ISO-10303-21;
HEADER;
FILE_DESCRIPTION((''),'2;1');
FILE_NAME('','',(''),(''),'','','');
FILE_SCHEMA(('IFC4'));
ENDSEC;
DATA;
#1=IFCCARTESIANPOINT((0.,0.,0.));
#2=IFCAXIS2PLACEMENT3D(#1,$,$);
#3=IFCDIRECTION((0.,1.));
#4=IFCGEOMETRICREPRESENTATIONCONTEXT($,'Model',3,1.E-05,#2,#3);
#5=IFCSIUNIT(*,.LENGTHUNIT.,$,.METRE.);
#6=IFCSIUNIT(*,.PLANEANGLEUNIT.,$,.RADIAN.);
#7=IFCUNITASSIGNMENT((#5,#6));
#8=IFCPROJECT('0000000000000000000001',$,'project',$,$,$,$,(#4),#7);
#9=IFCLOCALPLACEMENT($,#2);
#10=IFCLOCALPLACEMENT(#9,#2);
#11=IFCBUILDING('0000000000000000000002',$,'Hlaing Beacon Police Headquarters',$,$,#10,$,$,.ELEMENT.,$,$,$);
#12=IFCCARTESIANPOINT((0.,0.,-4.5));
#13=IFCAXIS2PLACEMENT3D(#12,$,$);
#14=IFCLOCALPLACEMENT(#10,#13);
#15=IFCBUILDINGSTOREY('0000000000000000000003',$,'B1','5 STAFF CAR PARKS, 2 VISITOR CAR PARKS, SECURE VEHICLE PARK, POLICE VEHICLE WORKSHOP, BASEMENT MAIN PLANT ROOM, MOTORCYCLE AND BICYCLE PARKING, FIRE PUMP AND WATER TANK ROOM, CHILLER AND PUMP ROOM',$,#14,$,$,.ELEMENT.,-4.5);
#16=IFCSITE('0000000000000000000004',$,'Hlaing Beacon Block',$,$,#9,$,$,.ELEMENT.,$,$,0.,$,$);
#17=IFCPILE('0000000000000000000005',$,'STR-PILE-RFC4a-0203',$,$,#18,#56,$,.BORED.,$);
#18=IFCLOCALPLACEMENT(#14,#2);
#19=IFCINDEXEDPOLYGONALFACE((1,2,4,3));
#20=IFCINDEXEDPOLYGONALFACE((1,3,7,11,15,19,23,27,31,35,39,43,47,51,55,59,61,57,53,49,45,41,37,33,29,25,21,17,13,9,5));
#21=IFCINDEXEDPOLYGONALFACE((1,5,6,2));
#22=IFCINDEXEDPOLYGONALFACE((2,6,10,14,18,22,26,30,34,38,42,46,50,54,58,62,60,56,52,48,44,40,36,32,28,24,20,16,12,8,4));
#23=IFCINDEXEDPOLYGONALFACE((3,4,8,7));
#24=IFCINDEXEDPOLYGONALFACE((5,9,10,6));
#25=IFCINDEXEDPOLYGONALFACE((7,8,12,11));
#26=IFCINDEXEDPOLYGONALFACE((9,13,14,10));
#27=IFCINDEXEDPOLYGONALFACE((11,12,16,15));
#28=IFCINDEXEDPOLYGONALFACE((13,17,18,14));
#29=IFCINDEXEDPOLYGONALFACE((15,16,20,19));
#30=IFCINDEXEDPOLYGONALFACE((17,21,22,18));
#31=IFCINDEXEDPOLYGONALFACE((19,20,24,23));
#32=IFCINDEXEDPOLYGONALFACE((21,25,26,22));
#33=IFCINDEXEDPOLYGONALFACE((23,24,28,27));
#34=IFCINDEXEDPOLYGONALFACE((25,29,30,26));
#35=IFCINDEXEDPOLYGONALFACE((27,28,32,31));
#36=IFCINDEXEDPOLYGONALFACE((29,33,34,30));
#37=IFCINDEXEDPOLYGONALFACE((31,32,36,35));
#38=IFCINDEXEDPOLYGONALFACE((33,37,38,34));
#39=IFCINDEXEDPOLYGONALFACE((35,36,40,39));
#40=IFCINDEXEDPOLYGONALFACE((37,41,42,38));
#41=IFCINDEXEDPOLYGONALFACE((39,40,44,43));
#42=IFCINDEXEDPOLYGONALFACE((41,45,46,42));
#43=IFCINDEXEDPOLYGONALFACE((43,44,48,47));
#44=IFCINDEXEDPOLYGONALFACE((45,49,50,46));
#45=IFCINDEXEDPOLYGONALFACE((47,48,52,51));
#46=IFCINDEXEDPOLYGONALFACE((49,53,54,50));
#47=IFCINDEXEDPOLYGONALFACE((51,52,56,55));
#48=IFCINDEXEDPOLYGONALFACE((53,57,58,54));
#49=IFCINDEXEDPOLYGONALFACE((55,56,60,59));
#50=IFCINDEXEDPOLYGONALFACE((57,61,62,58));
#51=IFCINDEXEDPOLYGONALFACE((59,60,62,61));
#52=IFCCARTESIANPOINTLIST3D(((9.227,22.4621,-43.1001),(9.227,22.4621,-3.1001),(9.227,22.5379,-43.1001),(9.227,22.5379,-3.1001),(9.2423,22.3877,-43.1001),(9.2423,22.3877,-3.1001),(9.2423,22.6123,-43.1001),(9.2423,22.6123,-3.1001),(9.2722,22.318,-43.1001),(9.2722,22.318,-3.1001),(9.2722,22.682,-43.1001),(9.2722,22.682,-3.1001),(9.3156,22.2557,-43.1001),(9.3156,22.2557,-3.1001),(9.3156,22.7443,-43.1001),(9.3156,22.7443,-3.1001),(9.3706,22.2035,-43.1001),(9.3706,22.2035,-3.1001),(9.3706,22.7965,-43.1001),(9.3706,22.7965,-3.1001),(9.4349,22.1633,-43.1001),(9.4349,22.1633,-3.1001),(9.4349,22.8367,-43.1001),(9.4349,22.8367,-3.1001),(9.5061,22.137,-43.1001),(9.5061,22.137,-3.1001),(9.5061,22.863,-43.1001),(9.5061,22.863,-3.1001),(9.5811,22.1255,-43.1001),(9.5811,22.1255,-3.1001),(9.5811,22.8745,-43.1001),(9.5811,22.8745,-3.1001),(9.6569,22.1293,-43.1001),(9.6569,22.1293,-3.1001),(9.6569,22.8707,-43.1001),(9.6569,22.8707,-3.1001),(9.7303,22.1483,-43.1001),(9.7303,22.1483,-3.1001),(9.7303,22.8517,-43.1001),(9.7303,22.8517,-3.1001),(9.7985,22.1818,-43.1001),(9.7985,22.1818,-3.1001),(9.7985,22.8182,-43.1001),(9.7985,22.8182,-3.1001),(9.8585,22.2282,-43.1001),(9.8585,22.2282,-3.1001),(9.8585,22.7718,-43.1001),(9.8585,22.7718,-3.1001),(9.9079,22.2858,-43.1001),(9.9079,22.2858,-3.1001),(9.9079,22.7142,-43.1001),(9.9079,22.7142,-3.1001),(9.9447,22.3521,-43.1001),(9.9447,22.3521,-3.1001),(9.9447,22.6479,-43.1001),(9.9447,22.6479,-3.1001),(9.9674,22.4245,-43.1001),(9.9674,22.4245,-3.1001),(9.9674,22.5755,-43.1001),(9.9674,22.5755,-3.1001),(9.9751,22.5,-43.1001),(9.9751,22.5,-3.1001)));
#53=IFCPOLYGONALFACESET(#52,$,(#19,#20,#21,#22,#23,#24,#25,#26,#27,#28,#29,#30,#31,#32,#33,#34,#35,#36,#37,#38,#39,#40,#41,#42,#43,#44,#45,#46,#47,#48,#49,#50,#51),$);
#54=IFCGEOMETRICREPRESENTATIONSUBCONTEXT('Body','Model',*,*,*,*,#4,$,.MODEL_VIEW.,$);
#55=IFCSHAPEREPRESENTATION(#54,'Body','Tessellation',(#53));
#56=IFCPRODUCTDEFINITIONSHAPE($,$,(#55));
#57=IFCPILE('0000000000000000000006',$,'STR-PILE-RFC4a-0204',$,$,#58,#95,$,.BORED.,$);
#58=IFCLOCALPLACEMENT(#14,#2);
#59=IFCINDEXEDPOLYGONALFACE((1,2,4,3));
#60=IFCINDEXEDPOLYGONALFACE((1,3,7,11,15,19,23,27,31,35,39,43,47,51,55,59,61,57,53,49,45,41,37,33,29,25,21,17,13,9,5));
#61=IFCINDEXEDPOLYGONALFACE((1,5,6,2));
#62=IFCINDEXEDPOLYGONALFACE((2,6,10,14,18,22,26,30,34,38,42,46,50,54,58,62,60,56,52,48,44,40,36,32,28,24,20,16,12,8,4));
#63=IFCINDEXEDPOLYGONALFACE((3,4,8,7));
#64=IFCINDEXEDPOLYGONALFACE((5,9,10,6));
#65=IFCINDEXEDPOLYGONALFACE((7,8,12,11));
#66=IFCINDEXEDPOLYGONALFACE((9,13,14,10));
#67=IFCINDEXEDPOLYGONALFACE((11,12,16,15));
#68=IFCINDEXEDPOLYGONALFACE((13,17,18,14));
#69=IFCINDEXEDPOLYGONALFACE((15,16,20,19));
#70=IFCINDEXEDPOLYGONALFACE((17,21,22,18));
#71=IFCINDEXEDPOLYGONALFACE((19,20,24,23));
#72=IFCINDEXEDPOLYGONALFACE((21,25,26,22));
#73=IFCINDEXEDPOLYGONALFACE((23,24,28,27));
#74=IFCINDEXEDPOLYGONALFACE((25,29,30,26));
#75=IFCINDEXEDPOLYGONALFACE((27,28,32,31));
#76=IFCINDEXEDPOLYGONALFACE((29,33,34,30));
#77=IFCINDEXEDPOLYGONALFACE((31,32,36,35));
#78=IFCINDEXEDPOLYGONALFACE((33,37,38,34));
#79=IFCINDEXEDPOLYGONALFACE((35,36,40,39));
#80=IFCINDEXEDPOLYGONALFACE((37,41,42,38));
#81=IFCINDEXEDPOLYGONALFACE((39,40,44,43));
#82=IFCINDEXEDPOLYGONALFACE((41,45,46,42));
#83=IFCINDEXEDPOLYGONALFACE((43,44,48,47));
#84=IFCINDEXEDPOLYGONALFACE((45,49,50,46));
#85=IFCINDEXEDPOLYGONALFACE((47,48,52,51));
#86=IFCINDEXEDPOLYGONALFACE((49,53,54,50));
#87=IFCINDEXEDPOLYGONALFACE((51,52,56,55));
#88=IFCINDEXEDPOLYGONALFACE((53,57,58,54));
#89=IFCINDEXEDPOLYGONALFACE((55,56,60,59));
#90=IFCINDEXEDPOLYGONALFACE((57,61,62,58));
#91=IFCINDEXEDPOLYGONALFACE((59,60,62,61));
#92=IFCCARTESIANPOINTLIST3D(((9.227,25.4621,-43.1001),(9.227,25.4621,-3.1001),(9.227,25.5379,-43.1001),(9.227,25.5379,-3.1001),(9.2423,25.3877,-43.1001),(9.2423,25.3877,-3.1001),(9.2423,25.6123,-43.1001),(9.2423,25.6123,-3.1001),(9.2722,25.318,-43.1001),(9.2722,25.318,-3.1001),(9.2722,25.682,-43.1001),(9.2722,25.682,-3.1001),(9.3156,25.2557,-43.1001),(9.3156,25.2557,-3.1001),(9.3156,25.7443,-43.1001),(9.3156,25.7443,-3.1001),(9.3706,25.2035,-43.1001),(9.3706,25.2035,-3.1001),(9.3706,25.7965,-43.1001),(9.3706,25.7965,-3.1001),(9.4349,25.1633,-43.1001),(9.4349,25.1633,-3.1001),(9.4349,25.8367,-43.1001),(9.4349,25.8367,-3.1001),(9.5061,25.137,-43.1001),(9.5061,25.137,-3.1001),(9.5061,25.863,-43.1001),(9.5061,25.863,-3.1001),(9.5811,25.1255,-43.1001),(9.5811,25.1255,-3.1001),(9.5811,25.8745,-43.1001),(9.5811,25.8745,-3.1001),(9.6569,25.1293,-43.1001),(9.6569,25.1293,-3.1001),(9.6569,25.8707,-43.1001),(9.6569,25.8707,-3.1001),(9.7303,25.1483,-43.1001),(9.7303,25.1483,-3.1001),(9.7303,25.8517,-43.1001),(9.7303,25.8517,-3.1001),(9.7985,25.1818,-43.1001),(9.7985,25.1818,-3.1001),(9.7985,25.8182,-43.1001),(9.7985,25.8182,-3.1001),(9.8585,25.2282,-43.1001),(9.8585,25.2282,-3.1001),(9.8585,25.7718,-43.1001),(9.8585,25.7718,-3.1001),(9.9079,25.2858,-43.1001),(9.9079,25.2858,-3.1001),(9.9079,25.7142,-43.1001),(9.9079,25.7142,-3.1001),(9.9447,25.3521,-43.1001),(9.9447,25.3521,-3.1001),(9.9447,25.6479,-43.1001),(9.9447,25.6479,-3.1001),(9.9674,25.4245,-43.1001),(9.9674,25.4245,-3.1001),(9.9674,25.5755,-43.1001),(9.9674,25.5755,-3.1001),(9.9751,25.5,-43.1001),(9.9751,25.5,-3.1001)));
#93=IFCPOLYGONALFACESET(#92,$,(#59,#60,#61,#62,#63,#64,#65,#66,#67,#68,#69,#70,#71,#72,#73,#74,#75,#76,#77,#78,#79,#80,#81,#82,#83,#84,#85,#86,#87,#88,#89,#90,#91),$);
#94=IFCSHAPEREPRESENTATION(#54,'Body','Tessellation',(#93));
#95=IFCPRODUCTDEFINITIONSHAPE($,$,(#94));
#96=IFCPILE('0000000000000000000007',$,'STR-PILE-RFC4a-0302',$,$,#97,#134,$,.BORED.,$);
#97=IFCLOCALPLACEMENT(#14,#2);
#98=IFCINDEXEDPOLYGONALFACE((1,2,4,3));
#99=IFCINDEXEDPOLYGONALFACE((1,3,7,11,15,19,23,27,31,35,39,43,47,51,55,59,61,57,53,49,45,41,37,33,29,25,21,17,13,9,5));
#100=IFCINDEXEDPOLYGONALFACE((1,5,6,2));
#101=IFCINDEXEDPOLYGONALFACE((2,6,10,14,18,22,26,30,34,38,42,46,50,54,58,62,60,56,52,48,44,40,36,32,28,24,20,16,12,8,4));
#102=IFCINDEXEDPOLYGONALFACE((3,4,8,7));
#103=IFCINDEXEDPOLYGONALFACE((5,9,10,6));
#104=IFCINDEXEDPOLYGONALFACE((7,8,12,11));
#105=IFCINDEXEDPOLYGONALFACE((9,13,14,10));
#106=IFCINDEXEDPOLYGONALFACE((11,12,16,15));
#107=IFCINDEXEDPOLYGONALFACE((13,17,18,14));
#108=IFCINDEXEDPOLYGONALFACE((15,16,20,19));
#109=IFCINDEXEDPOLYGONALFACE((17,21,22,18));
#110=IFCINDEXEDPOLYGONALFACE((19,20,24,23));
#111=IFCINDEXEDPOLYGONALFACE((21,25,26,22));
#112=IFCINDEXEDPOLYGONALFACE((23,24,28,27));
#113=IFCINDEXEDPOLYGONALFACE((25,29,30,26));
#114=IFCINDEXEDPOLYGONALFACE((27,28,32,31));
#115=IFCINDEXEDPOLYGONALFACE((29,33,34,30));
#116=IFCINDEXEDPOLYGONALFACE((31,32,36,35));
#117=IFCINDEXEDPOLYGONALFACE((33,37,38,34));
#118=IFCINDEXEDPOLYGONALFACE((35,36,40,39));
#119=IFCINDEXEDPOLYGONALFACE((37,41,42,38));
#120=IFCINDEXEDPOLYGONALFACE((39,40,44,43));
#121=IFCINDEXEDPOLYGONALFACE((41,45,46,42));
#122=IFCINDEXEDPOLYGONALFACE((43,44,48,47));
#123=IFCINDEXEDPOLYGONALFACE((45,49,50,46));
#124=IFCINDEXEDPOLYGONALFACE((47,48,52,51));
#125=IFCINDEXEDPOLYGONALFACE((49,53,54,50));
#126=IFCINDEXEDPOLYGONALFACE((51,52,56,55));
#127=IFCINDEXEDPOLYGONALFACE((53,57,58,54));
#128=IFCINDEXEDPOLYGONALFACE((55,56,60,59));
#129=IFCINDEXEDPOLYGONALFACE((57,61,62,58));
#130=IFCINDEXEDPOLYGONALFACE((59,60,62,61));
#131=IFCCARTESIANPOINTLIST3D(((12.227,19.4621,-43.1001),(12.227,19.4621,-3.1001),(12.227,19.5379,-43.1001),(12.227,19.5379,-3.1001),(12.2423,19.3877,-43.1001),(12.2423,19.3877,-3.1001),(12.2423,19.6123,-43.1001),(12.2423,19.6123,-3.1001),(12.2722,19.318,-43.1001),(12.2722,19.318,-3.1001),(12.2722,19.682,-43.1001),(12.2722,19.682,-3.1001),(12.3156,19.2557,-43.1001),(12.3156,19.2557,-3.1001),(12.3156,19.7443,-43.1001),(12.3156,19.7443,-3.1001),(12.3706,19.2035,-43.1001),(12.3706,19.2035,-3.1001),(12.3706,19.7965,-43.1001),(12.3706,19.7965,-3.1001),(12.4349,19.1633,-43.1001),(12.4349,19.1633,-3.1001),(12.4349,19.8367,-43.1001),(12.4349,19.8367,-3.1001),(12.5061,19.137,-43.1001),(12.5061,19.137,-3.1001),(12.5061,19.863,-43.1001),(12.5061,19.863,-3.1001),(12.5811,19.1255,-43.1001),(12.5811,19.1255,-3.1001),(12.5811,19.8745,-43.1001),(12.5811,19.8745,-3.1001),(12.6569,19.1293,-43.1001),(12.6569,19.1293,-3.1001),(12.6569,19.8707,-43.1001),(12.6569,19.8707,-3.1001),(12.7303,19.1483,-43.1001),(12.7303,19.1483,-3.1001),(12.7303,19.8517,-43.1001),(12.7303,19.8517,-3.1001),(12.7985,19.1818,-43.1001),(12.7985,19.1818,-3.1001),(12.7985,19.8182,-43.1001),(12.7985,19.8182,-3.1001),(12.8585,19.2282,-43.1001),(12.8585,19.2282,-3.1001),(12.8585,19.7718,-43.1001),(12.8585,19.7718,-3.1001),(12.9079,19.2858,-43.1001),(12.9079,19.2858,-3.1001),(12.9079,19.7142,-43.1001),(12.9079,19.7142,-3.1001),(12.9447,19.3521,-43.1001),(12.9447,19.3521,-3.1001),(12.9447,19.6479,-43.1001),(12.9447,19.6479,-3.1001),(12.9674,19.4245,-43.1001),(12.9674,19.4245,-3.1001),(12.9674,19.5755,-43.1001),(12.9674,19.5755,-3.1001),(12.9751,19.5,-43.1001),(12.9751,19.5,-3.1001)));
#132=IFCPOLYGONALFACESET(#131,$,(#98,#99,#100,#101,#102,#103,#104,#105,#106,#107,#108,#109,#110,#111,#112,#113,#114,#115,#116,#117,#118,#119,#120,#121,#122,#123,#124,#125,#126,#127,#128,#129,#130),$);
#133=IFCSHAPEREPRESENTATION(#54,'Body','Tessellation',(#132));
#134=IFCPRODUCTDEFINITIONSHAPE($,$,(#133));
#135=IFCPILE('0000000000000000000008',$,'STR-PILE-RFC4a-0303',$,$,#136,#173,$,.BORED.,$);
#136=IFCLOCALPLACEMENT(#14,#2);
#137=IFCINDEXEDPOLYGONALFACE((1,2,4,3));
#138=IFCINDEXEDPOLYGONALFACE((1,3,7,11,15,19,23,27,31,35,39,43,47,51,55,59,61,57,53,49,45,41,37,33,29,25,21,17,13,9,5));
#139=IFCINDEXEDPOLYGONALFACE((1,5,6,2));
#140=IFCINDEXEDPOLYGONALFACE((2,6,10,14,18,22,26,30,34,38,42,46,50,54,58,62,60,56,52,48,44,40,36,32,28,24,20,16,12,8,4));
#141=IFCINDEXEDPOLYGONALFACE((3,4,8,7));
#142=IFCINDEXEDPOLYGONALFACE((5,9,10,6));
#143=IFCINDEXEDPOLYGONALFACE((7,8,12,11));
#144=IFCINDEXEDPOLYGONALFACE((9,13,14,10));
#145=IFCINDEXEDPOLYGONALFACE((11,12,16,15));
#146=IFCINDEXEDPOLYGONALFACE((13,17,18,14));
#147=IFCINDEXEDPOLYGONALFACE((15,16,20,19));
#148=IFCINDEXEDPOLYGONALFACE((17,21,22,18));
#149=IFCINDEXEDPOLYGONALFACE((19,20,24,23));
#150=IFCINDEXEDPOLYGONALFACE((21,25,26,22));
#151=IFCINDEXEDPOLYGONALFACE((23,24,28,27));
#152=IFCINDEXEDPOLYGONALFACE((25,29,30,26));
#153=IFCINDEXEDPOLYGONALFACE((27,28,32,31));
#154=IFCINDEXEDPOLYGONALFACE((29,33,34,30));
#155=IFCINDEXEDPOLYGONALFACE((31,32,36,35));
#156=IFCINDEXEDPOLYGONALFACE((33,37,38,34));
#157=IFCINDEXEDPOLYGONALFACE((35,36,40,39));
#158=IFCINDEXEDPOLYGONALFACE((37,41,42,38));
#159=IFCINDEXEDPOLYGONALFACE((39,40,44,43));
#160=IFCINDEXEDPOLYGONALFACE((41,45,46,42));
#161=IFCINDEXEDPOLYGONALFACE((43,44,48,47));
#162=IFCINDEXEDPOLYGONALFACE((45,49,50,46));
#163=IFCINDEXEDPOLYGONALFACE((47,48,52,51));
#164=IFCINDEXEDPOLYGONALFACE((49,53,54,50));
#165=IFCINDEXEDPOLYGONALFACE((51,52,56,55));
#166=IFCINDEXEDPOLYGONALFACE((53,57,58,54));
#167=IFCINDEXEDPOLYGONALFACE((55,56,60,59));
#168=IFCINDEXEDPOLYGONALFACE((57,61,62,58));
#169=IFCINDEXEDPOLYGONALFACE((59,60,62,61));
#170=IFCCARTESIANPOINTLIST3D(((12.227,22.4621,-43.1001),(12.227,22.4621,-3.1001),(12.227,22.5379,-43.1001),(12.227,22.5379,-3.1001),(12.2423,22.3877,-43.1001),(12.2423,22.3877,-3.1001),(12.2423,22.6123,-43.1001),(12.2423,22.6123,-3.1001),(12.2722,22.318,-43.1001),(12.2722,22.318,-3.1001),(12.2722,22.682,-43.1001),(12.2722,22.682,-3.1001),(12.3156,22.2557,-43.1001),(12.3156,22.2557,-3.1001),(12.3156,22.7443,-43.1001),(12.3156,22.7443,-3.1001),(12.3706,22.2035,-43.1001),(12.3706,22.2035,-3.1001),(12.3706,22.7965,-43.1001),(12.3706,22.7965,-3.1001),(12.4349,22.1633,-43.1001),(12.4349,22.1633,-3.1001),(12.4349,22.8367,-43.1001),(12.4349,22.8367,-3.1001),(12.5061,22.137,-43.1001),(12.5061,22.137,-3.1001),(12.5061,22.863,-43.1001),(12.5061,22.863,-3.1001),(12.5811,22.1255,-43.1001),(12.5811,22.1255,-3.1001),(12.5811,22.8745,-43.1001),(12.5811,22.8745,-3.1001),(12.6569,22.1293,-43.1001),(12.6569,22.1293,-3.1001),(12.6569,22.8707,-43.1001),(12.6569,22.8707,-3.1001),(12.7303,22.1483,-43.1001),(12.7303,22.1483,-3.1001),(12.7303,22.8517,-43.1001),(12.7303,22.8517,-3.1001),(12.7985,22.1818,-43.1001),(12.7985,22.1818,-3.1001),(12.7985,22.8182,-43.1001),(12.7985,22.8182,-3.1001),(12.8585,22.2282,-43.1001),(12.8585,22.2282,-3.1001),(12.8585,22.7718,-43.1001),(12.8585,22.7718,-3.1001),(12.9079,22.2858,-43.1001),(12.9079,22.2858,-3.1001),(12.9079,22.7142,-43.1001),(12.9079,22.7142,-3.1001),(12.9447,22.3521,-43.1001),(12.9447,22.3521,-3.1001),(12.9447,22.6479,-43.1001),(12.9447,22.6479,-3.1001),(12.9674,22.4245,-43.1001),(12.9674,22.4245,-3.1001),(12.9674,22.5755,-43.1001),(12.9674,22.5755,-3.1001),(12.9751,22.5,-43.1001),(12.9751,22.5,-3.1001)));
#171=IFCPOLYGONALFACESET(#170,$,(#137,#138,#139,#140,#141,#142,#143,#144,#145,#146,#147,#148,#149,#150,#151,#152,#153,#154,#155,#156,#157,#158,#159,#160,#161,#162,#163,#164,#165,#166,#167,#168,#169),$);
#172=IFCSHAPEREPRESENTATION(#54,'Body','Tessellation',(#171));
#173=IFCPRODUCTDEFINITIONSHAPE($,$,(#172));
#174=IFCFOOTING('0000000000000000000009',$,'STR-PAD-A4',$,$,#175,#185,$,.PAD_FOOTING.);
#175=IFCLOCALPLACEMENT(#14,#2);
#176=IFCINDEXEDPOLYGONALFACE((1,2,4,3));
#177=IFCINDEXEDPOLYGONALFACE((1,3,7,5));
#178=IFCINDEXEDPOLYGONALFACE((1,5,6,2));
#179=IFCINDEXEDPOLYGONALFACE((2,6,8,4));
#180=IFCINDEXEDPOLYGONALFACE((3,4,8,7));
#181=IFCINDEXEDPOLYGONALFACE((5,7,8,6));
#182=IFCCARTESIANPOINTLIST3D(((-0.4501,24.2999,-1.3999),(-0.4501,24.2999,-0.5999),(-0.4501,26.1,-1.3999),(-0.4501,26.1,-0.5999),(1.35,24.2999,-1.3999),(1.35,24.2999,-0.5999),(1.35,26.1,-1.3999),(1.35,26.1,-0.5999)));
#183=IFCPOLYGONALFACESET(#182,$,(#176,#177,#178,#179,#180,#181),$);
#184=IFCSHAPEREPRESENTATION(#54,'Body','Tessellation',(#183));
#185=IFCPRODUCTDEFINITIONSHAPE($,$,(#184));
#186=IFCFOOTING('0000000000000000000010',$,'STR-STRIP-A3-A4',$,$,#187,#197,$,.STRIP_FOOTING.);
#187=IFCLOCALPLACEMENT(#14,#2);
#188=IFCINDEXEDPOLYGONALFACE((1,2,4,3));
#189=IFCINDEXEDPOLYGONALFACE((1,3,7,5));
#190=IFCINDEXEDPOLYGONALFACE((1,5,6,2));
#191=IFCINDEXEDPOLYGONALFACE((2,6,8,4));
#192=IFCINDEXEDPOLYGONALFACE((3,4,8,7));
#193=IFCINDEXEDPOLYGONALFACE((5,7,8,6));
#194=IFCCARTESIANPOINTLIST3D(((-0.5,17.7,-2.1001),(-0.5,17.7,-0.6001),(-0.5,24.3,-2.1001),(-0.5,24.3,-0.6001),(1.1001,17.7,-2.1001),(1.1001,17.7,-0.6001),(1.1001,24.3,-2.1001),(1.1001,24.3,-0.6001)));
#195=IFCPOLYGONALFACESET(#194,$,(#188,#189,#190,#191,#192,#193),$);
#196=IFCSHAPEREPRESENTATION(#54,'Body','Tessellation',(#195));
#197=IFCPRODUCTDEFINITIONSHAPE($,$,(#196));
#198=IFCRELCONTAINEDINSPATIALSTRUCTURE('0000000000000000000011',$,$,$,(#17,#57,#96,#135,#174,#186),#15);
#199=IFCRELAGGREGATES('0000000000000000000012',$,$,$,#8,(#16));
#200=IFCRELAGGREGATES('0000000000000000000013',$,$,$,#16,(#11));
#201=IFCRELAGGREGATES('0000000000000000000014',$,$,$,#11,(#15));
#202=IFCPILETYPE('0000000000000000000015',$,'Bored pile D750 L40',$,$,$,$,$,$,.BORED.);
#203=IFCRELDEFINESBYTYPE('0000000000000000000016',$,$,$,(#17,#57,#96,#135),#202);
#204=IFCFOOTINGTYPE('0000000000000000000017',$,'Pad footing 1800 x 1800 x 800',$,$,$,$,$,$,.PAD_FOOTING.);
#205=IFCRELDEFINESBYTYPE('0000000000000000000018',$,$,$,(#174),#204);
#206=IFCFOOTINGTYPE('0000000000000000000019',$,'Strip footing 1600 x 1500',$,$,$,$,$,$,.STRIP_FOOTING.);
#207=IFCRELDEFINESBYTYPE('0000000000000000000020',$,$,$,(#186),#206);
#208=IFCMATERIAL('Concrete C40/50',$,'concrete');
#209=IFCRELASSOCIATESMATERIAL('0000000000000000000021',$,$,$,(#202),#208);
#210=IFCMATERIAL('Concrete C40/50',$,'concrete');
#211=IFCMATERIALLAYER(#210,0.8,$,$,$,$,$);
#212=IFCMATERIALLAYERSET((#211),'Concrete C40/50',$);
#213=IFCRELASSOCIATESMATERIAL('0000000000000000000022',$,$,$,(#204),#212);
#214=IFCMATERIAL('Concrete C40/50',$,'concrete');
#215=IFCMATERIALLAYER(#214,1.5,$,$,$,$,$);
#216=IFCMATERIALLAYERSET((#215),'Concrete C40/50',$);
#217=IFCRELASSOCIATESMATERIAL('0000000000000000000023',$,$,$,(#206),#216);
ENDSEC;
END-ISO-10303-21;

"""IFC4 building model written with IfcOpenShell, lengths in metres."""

from ifc_helpers import new_model, si_unit, direction, frame, origin, origin_2d, place, context, subcontext, project, spatial, rectangle, circle, extrude, material, layer, layer_set, material_profile, profile_set, type_object, element, save


model = new_model("IFC4")

# Units and contexts
model_context = context("Model", 3, precision=1e-05, world=origin(), true_north=direction((0.0, 1.0)))
body_context = subcontext(model_context, "Body", "Model", "MODEL_VIEW")
ifc_project = project(units=[si_unit("LENGTHUNIT", "METRE"), si_unit("PLANEANGLEUNIT", "RADIAN")], contexts=[model_context])

# Site, building, storey
site_placement = place(None, origin())
site = spatial("IfcSite", under=ifc_project, at=site_placement, Name="Hlaing Beacon Block", CompositionType="ELEMENT", RefElevation=0.0)
building_placement = place(site_placement, origin())
building = spatial("IfcBuilding", under=site, at=building_placement, Name="Hlaing Beacon Police Headquarters", CompositionType="ELEMENT")
storey_placement = place(building_placement, frame((0.0, 0.0, -4.5)))
storey = spatial("IfcBuildingStorey", under=building, at=storey_placement, Name="B1", Description="5 STAFF CAR PARKS, 2 VISITOR CAR PARKS, SECURE VEHICLE PARK, POLICE VEHICLE WORKSHOP, BASEMENT MAIN PLANT ROOM, MOTORCYCLE AND BICYCLE PARKING, FIRE PUMP AND WATER TANK ROOM, CHILLER AND PUMP ROOM", CompositionType="ELEMENT", Elevation=-4.5)

# Piles
ifc_material_1 = material(Name="Concrete C40/50", Category="concrete")
ifc_material_profile_1 = material_profile(ifc_material_1, circle(Radius=0.375, at=origin_2d()), Name="D750")
ifc_profile_set_1 = profile_set([ifc_material_profile_1], Name="Concrete C40/50")
pile_type_1 = type_object("IfcPileType", Name="Bored pile D750 L40", PredefinedType="BORED", material=ifc_profile_set_1)
for number, where, z_axis, x_axis, name in (
    (1, (9.6001, 22.5, -3.1001), (0.0, 0.0, -1.0), (1.0, 0.0, 0.0), "STR-PILE-RFC4a-0203"),
    (2, (9.6001, 25.5, -3.1001), (0.0, 0.0, -1.0), (1.0, 0.0, 0.0), "STR-PILE-RFC4a-0204"),
    (3, (12.6001, 19.5, -3.1001), (0.0, 0.0, -1.0), (1.0, 0.0, 0.0), "STR-PILE-RFC4a-0302"),
    (4, (12.6001, 22.5, -3.1001), (0.0, 0.0, -1.0), (1.0, 0.0, 0.0), "STR-PILE-RFC4a-0303"),
):
    element("IfcPile", number, at=place(storey_placement, frame(where, z_axis=z_axis, x_axis=x_axis)), inside=storey, type_object=pile_type_1, Name=name, PredefinedType="BORED", context=body_context, shape_type="SweptSolid", body=[
        extrude(circle(Radius=0.375, at=origin_2d()), origin(), (0.0, 0.0, 1.0), 40.0),
    ])

# Footings
ifc_material_2 = material(Name="Concrete C40/50", Category="concrete")
ifc_layer_1 = layer(ifc_material_2, 0.8)
ifc_layer_set_1 = layer_set([ifc_layer_1], Name="Concrete C40/50")
footing_type_1 = type_object("IfcFootingType", Name="Pad footing 1800 x 1800 x 800", PredefinedType="PAD_FOOTING", material=ifc_layer_set_1)
footing_1_placement = place(storey_placement, frame((0.45, 25.2, -1.3999), z_axis=(0.0, 0.0, 1.0), x_axis=(1.0, 0.0, 0.0)))
element("IfcFooting", 5, at=footing_1_placement, inside=storey, type_object=footing_type_1, Name="STR-PAD-A4", PredefinedType="PAD_FOOTING", context=body_context, shape_type="SweptSolid", body=[
    extrude(rectangle(XDim=1.8, YDim=1.8, at=origin_2d()), origin(), (0.0, 0.0, 1.0), 0.8),
])
ifc_material_3 = material(Name="Concrete C40/50", Category="concrete")
ifc_layer_2 = layer(ifc_material_3, 1.5)
ifc_layer_set_2 = layer_set([ifc_layer_2], Name="Concrete C40/50")
footing_type_2 = type_object("IfcFootingType", Name="Strip footing 1600 x 1500", PredefinedType="STRIP_FOOTING", material=ifc_layer_set_2)
footing_2_placement = place(storey_placement, frame((0.3, 21.0, -2.1001), z_axis=(0.0, 0.0, 1.0), x_axis=(1.0, 0.0, 0.0)))
element("IfcFooting", 6, at=footing_2_placement, inside=storey, type_object=footing_type_2, Name="STR-STRIP-A3-A4", PredefinedType="STRIP_FOOTING", context=body_context, shape_type="SweptSolid", body=[
    extrude(rectangle(XDim=1.6001, YDim=6.6001, at=origin_2d()), origin(), (0.0, 0.0, 1.0), 1.5),
])

save(model, "model.ifc")
